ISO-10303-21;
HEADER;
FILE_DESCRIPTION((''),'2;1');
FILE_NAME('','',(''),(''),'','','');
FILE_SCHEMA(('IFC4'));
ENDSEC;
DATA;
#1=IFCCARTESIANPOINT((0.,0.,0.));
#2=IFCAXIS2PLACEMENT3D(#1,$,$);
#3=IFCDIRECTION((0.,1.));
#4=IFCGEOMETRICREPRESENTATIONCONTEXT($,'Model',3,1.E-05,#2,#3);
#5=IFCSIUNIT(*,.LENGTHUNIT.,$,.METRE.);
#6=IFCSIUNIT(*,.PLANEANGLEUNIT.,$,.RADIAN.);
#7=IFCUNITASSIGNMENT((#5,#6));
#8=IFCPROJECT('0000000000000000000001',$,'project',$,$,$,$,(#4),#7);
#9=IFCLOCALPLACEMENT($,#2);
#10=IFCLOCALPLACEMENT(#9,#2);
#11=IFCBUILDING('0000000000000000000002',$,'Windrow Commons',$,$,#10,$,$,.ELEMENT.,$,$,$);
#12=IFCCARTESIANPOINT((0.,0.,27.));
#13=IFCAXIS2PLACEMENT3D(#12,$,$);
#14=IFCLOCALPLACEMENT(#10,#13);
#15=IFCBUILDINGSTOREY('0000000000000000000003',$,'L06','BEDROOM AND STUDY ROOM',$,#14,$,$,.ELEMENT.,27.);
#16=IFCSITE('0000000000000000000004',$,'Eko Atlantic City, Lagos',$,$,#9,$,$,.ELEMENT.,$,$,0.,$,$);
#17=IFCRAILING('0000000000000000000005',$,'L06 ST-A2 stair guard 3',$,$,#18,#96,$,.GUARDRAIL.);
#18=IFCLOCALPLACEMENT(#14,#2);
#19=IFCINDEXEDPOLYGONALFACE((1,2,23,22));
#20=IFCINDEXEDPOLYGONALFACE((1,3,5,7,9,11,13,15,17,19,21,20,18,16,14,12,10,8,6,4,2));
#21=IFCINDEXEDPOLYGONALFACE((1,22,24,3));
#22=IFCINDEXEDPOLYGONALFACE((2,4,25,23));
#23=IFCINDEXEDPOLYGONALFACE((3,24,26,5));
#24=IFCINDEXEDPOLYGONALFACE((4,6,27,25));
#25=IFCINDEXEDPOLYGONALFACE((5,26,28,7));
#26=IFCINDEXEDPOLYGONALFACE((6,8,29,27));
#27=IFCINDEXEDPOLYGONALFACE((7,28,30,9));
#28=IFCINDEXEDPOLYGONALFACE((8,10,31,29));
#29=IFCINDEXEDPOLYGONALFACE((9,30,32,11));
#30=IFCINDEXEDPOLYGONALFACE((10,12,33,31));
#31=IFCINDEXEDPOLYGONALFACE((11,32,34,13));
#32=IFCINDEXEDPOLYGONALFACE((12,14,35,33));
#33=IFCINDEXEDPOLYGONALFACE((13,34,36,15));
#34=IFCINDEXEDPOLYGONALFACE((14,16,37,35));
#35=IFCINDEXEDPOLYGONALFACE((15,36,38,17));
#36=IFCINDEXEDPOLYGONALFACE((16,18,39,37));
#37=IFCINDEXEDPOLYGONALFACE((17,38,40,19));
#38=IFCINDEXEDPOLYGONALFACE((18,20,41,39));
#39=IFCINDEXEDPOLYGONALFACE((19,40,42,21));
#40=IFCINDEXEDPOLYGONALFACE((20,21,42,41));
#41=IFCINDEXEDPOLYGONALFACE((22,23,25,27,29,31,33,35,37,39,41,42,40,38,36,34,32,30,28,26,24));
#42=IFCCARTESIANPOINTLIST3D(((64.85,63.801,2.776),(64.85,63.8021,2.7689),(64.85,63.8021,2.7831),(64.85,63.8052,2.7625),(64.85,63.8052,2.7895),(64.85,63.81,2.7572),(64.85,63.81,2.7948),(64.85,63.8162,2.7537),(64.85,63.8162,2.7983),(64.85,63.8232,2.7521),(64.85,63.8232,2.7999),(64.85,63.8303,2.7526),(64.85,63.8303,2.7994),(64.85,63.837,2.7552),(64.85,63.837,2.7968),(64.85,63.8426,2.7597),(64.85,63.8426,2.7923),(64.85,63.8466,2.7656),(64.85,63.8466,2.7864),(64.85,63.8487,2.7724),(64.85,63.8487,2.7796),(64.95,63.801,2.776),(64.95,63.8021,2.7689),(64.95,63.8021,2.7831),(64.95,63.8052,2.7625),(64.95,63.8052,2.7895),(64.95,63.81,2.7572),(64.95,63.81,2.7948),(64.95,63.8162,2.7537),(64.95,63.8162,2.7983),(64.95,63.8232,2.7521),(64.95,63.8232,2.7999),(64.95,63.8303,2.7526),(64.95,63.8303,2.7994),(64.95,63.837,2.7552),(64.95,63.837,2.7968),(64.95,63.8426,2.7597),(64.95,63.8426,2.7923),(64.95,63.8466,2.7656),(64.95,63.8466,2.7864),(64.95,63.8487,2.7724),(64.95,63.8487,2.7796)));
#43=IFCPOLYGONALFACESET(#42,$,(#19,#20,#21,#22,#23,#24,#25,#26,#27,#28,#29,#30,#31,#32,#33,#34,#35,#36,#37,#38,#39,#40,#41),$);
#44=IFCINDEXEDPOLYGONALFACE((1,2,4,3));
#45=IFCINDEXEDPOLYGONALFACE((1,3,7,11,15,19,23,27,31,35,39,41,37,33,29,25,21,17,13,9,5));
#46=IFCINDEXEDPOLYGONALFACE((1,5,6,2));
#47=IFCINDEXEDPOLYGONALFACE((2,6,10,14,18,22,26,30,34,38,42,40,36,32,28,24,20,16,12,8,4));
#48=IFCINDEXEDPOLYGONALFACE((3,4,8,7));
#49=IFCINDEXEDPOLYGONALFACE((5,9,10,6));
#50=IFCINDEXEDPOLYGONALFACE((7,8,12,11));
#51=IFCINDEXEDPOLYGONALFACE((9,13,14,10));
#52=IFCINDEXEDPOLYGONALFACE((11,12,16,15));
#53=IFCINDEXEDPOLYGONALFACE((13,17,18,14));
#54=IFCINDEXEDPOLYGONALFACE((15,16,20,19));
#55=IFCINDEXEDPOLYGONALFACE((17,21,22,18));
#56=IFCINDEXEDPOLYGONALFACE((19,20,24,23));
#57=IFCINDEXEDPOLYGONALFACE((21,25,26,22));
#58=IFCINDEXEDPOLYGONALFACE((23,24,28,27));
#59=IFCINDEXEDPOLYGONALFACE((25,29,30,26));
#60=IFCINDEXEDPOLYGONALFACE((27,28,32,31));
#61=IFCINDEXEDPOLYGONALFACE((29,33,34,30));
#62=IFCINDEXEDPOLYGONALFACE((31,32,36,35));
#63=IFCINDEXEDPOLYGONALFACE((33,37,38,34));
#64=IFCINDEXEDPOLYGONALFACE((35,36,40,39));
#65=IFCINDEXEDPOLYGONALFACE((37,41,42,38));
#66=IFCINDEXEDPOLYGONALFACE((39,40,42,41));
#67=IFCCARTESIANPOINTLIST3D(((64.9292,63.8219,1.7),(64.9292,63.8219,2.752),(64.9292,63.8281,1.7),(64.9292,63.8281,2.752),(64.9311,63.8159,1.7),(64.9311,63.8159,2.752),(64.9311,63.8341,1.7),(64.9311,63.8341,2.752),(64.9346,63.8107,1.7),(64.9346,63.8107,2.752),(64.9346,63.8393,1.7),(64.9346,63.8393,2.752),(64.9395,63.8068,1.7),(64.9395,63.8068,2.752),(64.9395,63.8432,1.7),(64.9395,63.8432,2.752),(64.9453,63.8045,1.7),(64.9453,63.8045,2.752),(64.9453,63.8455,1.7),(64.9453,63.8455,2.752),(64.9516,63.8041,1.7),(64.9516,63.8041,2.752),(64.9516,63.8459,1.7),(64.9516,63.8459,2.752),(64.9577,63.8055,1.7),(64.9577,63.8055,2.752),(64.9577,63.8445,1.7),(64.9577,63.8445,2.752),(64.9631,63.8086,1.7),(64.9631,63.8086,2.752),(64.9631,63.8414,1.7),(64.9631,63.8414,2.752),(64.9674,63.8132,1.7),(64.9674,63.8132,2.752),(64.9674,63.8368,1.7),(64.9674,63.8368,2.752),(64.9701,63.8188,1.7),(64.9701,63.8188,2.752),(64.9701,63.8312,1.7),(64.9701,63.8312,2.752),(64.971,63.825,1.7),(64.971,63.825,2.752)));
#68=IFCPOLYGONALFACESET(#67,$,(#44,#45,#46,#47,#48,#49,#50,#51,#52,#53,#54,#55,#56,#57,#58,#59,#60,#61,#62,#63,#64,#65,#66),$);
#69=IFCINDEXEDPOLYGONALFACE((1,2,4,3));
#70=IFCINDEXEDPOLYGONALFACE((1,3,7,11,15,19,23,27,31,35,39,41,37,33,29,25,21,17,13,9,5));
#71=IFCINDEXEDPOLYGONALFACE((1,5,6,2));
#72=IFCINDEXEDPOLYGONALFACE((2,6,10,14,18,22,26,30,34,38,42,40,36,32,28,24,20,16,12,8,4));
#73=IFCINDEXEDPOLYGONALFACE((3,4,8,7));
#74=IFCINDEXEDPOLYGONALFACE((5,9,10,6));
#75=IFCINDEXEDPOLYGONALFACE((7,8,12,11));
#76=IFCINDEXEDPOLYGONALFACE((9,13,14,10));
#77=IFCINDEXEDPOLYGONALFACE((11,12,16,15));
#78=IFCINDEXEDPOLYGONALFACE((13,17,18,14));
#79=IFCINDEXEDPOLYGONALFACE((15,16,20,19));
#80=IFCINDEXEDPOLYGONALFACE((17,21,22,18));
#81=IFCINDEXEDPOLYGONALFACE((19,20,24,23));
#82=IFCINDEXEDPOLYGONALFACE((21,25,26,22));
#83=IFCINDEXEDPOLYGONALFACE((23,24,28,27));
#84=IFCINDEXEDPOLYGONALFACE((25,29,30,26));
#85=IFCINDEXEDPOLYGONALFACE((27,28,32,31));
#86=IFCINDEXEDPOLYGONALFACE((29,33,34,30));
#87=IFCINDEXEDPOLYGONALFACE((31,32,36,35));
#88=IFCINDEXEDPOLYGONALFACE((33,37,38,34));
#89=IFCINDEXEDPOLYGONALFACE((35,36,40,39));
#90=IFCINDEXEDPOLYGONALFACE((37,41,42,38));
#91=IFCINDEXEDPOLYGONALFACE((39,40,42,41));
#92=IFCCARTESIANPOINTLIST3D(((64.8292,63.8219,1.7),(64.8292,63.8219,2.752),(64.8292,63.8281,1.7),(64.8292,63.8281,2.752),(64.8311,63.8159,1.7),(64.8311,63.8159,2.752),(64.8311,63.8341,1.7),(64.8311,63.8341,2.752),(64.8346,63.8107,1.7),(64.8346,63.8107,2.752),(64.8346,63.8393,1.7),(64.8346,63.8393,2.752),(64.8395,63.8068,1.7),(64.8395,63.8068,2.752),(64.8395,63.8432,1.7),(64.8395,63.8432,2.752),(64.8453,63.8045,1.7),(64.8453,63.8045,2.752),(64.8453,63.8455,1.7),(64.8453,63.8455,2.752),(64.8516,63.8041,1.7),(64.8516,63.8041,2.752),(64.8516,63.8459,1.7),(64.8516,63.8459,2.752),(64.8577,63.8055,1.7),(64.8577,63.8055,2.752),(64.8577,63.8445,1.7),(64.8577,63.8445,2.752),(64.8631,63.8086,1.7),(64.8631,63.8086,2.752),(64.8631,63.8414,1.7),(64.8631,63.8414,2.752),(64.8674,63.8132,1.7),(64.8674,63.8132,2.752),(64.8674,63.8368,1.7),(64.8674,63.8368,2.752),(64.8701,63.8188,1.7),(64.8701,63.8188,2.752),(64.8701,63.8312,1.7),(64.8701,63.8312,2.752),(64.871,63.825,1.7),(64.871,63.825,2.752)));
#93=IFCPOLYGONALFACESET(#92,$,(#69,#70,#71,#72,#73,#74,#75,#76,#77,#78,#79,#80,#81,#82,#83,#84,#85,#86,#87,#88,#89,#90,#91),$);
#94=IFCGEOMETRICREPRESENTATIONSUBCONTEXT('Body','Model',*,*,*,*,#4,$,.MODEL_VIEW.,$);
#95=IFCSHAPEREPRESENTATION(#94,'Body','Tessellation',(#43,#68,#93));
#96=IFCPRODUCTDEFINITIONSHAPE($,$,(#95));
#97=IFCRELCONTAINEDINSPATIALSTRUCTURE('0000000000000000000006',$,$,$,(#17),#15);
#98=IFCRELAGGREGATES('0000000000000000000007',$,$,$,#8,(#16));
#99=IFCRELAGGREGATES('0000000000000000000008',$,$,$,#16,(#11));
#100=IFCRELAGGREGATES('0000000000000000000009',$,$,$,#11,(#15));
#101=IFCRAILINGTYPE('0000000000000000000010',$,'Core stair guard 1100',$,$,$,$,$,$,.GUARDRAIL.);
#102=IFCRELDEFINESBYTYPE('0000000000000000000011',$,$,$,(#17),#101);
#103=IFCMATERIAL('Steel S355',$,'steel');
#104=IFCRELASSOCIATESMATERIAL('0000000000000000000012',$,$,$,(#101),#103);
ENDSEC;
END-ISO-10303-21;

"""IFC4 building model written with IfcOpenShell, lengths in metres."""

from ifc_helpers import new_model, si_unit, direction, frame, origin, origin_2d, place, context, subcontext, project, spatial, circle, extrude, material, type_object, element, save


model = new_model("IFC4")

# Units and contexts
model_context = context("Model", 3, precision=1e-05, world=origin(), true_north=direction((0.0, 1.0)))
body_context = subcontext(model_context, "Body", "Model", "MODEL_VIEW")
ifc_project = project(units=[si_unit("LENGTHUNIT", "METRE"), si_unit("PLANEANGLEUNIT", "RADIAN")], contexts=[model_context])

# Site, building, storey
site_placement = place(None, origin())
site = spatial("IfcSite", under=ifc_project, at=site_placement, Name="Eko Atlantic City, Lagos", CompositionType="ELEMENT", RefElevation=0.0)
building_placement = place(site_placement, origin())
building = spatial("IfcBuilding", under=site, at=building_placement, Name="Windrow Commons", CompositionType="ELEMENT")
storey_placement = place(building_placement, frame((0.0, 0.0, 27.0)))
storey = spatial("IfcBuildingStorey", under=building, at=storey_placement, Name="L06", Description="BEDROOM AND STUDY ROOM", CompositionType="ELEMENT", Elevation=27.0)

# Railing
ifc_material_1 = material(Name="Steel S355", Category="steel")
railing_type_1 = type_object("IfcRailingType", Name="Core stair guard 1100", PredefinedType="GUARDRAIL", material=ifc_material_1)
railing_1_placement = place(storey_placement, frame((64.95, 63.825, 1.7)))
element("IfcRailing", 1, at=railing_1_placement, inside=storey, type_object=railing_type_1, Name="L06 ST-A2 stair guard 3", PredefinedType="GUARDRAIL", context=body_context, shape_type="SweptSolid", body=[
    extrude(circle(Radius=0.024, at=origin_2d()), frame((0.0, 0.0, 1.076), z_axis=(-1.0, 0.0, 0.0), x_axis=(0.0, -1.0, 0.0)), (0.0, 0.0, 1.0), 0.1),
    extrude(circle(Radius=0.021, at=origin_2d()), origin(), (0.0, 0.0, 1.0), 1.052),
    extrude(circle(Radius=0.021, at=origin_2d()), frame((-0.1, 0.0, 0.0)), (0.0, 0.0, 1.0), 1.052),
])

save(model, "model.ifc")
